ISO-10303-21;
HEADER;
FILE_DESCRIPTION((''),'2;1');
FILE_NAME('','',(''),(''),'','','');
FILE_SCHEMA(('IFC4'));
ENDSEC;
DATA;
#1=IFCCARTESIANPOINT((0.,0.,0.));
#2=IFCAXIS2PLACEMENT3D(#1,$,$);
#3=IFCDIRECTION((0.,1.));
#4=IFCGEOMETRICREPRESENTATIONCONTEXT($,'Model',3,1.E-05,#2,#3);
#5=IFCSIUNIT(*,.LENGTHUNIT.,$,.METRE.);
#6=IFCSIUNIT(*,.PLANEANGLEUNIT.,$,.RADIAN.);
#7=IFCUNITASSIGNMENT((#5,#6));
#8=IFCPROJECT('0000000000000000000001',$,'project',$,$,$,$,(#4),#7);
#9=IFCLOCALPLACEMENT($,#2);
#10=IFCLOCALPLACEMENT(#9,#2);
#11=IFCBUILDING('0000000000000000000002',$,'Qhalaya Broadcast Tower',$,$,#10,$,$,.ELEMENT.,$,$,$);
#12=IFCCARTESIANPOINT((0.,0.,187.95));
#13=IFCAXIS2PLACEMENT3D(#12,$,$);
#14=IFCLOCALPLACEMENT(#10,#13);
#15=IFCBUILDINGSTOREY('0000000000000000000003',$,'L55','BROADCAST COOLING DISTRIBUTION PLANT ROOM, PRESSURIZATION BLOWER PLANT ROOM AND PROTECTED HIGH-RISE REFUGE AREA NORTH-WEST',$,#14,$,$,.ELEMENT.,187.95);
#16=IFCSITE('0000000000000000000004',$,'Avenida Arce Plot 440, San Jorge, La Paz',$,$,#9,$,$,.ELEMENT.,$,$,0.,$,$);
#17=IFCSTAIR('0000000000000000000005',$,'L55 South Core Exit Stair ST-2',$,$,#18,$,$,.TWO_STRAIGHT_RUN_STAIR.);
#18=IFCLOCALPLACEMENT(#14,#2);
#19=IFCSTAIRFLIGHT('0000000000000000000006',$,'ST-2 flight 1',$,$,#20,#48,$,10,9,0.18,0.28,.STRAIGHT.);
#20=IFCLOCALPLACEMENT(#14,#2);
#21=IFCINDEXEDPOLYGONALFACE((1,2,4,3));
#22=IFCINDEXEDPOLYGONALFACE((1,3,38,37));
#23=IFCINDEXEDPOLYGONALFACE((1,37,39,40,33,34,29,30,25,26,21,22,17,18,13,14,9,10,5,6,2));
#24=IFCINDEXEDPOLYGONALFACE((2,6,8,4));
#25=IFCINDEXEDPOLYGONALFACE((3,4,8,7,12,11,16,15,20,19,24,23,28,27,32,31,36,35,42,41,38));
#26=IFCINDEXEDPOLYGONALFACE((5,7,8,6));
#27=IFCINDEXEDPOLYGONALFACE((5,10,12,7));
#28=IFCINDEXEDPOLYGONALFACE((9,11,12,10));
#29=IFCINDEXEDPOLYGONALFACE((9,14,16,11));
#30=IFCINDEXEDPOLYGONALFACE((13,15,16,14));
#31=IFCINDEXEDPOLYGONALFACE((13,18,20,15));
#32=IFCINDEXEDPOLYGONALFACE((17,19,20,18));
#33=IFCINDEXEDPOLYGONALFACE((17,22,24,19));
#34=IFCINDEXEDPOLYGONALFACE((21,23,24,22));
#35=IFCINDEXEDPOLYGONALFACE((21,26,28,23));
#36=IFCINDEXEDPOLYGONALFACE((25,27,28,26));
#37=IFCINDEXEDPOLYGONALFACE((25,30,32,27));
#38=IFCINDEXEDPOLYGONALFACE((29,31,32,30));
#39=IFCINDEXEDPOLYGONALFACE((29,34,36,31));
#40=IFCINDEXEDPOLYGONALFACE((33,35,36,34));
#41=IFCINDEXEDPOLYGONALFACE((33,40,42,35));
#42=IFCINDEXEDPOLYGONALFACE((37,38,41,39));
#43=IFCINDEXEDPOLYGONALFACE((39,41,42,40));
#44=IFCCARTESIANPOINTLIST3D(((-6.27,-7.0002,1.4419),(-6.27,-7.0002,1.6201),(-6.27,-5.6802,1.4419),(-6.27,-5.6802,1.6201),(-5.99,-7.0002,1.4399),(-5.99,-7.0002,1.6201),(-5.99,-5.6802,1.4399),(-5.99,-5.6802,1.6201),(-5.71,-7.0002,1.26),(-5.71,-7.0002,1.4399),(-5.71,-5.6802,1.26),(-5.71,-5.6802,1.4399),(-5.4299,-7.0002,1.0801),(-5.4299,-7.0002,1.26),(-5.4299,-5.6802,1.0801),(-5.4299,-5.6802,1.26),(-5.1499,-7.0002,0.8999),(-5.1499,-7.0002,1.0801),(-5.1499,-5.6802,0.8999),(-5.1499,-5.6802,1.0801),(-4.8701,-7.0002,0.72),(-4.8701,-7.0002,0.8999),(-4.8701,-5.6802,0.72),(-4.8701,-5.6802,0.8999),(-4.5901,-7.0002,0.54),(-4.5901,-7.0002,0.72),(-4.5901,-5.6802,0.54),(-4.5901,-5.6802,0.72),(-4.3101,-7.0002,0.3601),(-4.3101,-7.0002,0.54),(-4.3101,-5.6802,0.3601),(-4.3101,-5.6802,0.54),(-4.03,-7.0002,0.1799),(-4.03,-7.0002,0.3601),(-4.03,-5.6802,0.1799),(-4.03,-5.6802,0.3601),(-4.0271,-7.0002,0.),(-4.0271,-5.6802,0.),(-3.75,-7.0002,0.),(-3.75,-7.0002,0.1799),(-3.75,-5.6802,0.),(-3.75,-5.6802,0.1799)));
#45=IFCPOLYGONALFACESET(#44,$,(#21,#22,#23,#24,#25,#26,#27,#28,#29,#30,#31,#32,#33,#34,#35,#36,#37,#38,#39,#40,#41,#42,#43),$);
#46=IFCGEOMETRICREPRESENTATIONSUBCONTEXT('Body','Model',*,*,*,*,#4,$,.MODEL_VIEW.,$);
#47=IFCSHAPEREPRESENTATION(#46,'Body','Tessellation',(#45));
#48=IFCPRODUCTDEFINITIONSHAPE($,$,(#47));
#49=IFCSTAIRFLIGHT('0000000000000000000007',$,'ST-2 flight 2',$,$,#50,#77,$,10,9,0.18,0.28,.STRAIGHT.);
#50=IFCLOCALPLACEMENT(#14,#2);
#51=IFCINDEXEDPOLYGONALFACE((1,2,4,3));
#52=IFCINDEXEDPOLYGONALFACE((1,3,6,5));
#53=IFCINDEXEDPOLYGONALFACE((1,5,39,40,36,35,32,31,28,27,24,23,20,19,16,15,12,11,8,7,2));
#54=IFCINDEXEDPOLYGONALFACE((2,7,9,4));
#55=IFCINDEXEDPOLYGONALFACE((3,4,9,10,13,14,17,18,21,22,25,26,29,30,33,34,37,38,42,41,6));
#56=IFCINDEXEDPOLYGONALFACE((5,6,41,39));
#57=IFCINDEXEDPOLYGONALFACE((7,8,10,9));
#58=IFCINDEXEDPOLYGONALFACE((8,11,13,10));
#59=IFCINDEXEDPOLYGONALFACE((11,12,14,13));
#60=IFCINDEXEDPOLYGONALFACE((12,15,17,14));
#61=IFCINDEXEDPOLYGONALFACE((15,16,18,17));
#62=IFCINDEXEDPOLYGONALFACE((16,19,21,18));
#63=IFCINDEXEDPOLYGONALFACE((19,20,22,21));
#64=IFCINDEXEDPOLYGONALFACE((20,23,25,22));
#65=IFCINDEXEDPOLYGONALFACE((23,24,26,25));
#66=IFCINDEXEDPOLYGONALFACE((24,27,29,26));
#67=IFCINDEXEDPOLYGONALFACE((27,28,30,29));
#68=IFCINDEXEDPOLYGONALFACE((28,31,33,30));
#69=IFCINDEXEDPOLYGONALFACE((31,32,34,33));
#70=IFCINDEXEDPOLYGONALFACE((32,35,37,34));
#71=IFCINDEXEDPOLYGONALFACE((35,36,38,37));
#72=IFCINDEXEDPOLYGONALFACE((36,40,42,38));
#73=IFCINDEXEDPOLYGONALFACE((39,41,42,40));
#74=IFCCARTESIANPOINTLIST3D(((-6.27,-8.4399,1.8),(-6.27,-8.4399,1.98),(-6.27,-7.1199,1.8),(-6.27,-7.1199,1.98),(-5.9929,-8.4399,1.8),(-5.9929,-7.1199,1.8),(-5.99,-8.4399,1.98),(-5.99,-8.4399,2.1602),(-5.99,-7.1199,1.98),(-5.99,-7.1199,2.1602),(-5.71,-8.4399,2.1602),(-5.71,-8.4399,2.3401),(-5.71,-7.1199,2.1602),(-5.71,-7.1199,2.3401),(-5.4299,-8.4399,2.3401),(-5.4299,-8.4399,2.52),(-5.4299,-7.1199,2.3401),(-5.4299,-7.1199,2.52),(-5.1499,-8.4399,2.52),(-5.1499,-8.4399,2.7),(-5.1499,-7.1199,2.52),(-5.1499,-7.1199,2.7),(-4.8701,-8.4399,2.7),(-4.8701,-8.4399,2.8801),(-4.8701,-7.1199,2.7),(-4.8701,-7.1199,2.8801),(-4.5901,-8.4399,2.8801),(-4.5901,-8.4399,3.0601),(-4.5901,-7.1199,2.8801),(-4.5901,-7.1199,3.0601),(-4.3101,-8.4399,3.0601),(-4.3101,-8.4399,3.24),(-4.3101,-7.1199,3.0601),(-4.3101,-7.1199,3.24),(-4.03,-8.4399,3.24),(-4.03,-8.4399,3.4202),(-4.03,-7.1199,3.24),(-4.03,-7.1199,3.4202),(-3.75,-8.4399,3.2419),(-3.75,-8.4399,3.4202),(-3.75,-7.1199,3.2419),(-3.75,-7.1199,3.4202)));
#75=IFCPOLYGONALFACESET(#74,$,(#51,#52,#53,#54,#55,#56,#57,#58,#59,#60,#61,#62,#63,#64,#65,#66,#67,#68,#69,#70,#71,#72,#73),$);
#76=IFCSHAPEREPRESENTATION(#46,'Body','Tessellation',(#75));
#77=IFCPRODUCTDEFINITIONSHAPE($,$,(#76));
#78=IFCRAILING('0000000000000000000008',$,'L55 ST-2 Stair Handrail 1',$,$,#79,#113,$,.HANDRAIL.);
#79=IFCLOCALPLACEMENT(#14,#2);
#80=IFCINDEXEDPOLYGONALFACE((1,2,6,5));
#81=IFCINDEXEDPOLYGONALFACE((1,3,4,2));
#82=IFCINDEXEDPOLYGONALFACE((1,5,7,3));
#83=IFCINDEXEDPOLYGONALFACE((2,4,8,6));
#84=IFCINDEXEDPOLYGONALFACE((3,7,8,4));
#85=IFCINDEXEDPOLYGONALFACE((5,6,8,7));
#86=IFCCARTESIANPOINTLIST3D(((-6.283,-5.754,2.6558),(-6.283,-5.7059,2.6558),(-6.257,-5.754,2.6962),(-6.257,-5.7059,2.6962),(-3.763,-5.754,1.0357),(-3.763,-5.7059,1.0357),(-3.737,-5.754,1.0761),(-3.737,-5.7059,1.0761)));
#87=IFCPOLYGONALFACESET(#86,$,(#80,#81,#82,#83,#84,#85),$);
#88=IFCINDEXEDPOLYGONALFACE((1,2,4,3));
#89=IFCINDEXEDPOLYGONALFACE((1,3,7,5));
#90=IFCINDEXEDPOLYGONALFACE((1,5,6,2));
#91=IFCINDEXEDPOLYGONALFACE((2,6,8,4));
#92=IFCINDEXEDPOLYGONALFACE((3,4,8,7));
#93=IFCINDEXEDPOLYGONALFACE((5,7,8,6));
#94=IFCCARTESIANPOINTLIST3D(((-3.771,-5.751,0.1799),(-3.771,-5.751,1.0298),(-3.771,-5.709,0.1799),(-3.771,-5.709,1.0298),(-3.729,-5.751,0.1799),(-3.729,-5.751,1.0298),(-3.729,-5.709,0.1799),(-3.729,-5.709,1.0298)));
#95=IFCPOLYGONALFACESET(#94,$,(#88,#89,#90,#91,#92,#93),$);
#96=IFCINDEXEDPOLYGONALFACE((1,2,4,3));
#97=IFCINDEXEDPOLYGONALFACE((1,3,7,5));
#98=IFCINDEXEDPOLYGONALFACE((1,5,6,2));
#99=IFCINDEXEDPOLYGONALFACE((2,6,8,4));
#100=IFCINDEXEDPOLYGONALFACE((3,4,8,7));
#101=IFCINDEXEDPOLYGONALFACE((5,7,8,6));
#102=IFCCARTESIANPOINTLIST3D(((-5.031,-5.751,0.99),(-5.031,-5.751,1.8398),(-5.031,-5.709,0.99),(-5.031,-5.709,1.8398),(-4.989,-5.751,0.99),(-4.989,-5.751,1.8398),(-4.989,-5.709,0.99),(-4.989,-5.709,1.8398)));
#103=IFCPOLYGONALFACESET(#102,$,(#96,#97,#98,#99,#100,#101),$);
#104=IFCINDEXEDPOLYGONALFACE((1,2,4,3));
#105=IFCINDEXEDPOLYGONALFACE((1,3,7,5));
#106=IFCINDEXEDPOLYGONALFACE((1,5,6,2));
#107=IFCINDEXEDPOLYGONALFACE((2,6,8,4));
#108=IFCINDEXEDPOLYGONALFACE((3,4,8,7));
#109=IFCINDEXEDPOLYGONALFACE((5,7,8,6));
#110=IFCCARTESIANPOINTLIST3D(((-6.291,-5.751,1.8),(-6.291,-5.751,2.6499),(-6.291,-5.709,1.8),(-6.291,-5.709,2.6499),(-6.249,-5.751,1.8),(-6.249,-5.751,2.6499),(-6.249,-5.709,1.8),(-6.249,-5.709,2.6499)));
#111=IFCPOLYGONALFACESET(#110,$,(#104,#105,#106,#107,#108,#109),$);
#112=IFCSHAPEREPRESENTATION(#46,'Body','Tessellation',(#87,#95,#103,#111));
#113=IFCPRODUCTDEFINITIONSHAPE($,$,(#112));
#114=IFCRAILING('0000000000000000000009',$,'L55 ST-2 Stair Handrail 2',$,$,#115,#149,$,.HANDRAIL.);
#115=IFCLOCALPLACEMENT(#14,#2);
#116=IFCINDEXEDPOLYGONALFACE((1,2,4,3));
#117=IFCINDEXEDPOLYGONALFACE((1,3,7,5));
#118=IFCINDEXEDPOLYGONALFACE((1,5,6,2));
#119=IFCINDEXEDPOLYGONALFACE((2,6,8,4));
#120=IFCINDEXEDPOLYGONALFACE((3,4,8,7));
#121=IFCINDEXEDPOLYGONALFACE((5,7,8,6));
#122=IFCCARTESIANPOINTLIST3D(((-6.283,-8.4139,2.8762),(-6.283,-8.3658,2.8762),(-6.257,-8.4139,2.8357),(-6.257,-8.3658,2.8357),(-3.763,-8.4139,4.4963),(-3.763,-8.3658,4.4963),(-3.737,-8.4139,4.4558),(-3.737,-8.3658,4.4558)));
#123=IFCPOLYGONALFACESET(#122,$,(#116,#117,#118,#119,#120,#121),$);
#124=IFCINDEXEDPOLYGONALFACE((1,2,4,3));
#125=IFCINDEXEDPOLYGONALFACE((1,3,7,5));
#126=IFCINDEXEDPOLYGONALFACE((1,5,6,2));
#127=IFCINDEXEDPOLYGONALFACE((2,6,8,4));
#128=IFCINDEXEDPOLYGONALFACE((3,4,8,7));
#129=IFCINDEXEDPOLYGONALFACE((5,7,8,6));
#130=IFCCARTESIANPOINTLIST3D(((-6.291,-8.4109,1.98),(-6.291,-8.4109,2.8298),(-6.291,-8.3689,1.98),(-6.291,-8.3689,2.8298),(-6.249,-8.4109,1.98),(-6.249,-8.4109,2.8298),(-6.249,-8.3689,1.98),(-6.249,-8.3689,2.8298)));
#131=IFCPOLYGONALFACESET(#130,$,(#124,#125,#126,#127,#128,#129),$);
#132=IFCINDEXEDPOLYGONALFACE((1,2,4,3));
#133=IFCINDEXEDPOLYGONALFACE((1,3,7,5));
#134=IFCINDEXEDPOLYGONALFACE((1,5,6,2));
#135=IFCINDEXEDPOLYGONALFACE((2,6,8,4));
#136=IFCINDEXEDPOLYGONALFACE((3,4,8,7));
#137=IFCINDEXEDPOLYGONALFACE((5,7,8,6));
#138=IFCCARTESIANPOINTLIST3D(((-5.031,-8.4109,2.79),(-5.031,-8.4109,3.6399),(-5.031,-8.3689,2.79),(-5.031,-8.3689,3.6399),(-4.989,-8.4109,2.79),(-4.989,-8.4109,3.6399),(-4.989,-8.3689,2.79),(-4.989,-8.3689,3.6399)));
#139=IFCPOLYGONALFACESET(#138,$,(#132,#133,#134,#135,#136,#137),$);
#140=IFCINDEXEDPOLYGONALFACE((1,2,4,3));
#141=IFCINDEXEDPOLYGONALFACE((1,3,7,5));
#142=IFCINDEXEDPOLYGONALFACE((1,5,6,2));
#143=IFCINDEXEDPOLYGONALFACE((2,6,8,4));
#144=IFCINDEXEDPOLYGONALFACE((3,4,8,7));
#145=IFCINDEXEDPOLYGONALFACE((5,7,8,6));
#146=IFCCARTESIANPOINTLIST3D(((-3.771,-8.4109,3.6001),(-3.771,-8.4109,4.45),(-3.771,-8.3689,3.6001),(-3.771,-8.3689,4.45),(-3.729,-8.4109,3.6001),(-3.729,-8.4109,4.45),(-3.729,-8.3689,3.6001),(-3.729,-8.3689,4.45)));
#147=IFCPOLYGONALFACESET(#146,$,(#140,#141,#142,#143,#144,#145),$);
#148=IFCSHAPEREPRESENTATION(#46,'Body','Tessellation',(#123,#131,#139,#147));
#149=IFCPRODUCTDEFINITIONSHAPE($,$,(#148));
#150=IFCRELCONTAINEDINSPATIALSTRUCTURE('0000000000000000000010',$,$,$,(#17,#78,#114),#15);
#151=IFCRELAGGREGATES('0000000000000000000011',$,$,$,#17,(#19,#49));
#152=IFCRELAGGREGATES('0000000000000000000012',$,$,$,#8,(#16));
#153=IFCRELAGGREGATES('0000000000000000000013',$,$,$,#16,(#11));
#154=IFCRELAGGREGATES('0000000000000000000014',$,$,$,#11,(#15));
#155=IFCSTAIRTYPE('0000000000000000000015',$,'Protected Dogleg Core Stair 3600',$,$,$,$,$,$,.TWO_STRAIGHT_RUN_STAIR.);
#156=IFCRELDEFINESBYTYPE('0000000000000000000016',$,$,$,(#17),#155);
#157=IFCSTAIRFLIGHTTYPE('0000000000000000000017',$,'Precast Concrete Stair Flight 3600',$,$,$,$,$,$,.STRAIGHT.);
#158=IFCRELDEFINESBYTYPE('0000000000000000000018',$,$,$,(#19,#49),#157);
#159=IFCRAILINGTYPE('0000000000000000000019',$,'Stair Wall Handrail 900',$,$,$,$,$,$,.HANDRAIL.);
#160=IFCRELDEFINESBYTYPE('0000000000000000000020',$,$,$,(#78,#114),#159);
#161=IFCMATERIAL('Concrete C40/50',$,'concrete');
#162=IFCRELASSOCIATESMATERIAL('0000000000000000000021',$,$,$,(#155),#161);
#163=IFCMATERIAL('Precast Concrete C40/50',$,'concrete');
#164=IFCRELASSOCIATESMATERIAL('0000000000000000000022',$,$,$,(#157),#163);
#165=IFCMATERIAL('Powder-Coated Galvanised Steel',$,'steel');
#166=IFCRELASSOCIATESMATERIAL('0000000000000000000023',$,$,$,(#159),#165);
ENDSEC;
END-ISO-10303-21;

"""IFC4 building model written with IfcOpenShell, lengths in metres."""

from ifc_helpers import new_model, si_unit, direction, frame, origin, origin_2d, place, context, subcontext, project, spatial, polyline, rectangle, outline, extrude, material, type_object, element, aggregate, save


model = new_model("IFC4")

# Units and contexts
model_context = context("Model", 3, precision=1e-05, world=origin(), true_north=direction((0.0, 1.0)))
body_context = subcontext(model_context, "Body", "Model", "MODEL_VIEW")
ifc_project = project(units=[si_unit("LENGTHUNIT", "METRE"), si_unit("PLANEANGLEUNIT", "RADIAN")], contexts=[model_context])

# Site, building, storey
site_placement = place(None, origin())
site = spatial("IfcSite", under=ifc_project, at=site_placement, Name="Avenida Arce Plot 440, San Jorge, La Paz", CompositionType="ELEMENT", RefElevation=0.0)
building_placement = place(site_placement, origin())
building = spatial("IfcBuilding", under=site, at=building_placement, Name="Qhalaya Broadcast Tower", CompositionType="ELEMENT")
storey_placement = place(building_placement, frame((0.0, 0.0, 187.95)))
storey = spatial("IfcBuildingStorey", under=building, at=storey_placement, Name="L55", Description="BROADCAST COOLING DISTRIBUTION PLANT ROOM, PRESSURIZATION BLOWER PLANT ROOM AND PROTECTED HIGH-RISE REFUGE AREA NORTH-WEST", CompositionType="ELEMENT", Elevation=187.95)

# Stair, stair flights
ifc_material_1 = material(Name="Concrete C40/50", Category="concrete")
stair_type = type_object("IfcStairType", Name="Protected Dogleg Core Stair 3600", PredefinedType="TWO_STRAIGHT_RUN_STAIR", material=ifc_material_1)
stair_placement = place(storey_placement, origin())
stair = element("IfcStair", 1, at=stair_placement, inside=storey, type_object=stair_type, Name="L55 South Core Exit Stair ST-2", PredefinedType="TWO_STRAIGHT_RUN_STAIR")
ifc_material_2 = material(Name="Precast Concrete C40/50", Category="concrete")
stair_flight_type = type_object("IfcStairFlightType", Name="Precast Concrete Stair Flight 3600", PredefinedType="STRAIGHT", material=ifc_material_2)
stair_flight_1_placement = place(storey_placement, frame((-3.75, -6.3401, 0.0), z_axis=(0.0, 0.0, 1.0), x_axis=(-1.0, 0.0, 0.0)))
stair_flight_1 = element("IfcStairFlight", 2, at=stair_flight_1_placement, type_object=stair_flight_type, Name="ST-2 flight 1", NumberOfRisers=10, NumberOfTreads=9, PredefinedType="STRAIGHT", RiserHeight=0.18, TreadLength=0.28, context=body_context, shape_type="SweptSolid", body=[
    extrude(outline(polyline([(0.0, 0.0), (0.0, 0.1799), (0.28, 0.1799), (0.28, 0.3601), (0.5601, 0.3601), (0.5601, 0.54), (0.8401, 0.54), (0.8401, 0.72), (1.1201, 0.72), (1.1201, 0.8999), (1.3999, 0.8999), (1.3999, 1.0801), (1.6799, 1.0801), (1.6799, 1.26), (1.96, 1.26), (1.96, 1.4399), (2.24, 1.4399), (2.24, 1.6201), (2.52, 1.6201), (2.52, 1.8), (2.52, 1.4419), (0.2771, 0.0), (0.0, 0.0)])), frame((0.0, 0.6602, 0.0), z_axis=(0.0, -1.0, 0.0), x_axis=(1.0, 0.0, 0.0)), (0.0, 0.0, 1.0), 1.3201),
])
stair_flight_2_placement = place(storey_placement, frame((-6.27, -7.78, 1.8), z_axis=(0.0, 0.0, 1.0), x_axis=(1.0, 0.0, 0.0)))
stair_flight_2 = element("IfcStairFlight", 3, at=stair_flight_2_placement, type_object=stair_flight_type, Name="ST-2 flight 2", NumberOfRisers=10, NumberOfTreads=9, PredefinedType="STRAIGHT", RiserHeight=0.18, TreadLength=0.28, context=body_context, shape_type="SweptSolid", body=[
    extrude(outline(polyline([(0.0, 0.0), (0.0, 0.1799), (0.28, 0.1799), (0.28, 0.3601), (0.5601, 0.3601), (0.5601, 0.54), (0.8401, 0.54), (0.8401, 0.72), (1.1201, 0.72), (1.1201, 0.8999), (1.3999, 0.8999), (1.3999, 1.0801), (1.6799, 1.0801), (1.6799, 1.26), (1.96, 1.26), (1.96, 1.4399), (2.24, 1.4399), (2.24, 1.6201), (2.52, 1.6201), (2.52, 1.8), (2.52, 1.4419), (0.2771, 0.0), (0.0, 0.0)])), frame((0.0, 0.6602, 0.0), z_axis=(0.0, -1.0, 0.0), x_axis=(1.0, 0.0, 0.0)), (0.0, 0.0, 1.0), 1.3201),
])
aggregate(stair, [stair_flight_1, stair_flight_2])

# Railings
ifc_material_3 = material(Name="Powder-Coated Galvanised Steel", Category="steel")
railing_type_1 = type_object("IfcRailingType", Name="Stair Wall Handrail 900", PredefinedType="HANDRAIL", material=ifc_material_3)
railing_1_placement = place(storey_placement, frame((-3.75, -5.73, 0.1799)))
element("IfcRailing", 4, at=railing_1_placement, inside=storey, type_object=railing_type_1, Name="L55 ST-2 Stair Handrail 1", PredefinedType="HANDRAIL", context=body_context, shape_type="SweptSolid", body=[
    extrude(rectangle(XDim=0.0481, YDim=0.0481, at=origin_2d()), frame((0.0, 0.0, 0.876), z_axis=(-0.841163, 0.0, 0.540782), x_axis=(0.0, -1.0, 0.0)), (0.0, 0.0, 1.0), 2.9958),
    extrude(rectangle(XDim=0.042, YDim=0.042, at=origin_2d()), origin(), (0.0, 0.0, 1.0), 0.8499),
    extrude(rectangle(XDim=0.042, YDim=0.042, at=origin_2d()), frame((-1.26, 0.0, 0.8101)), (0.0, 0.0, 1.0), 0.8499),
    extrude(rectangle(XDim=0.042, YDim=0.042, at=origin_2d()), frame((-2.52, 0.0, 1.6201)), (0.0, 0.0, 1.0), 0.8499),
])
railing_2_placement = place(storey_placement, frame((-6.27, -8.3899, 1.98)))
element("IfcRailing", 5, at=railing_2_placement, inside=storey, type_object=railing_type_1, Name="L55 ST-2 Stair Handrail 2", PredefinedType="HANDRAIL", context=body_context, shape_type="SweptSolid", body=[
    extrude(rectangle(XDim=0.0481, YDim=0.0481, at=origin_2d()), frame((0.0, 0.0, 0.876), z_axis=(0.841163, 0.0, 0.540782), x_axis=(0.0, 1.0, 0.0)), (0.0, 0.0, 1.0), 2.9958),
    extrude(rectangle(XDim=0.042, YDim=0.042, at=origin_2d()), origin(), (0.0, 0.0, 1.0), 0.8499),
    extrude(rectangle(XDim=0.042, YDim=0.042, at=origin_2d()), frame((1.26, 0.0, 0.8101)), (0.0, 0.0, 1.0), 0.8499),
    extrude(rectangle(XDim=0.042, YDim=0.042, at=origin_2d()), frame((2.52, 0.0, 1.6201)), (0.0, 0.0, 1.0), 0.8499),
])

save(model, "model.ifc")
